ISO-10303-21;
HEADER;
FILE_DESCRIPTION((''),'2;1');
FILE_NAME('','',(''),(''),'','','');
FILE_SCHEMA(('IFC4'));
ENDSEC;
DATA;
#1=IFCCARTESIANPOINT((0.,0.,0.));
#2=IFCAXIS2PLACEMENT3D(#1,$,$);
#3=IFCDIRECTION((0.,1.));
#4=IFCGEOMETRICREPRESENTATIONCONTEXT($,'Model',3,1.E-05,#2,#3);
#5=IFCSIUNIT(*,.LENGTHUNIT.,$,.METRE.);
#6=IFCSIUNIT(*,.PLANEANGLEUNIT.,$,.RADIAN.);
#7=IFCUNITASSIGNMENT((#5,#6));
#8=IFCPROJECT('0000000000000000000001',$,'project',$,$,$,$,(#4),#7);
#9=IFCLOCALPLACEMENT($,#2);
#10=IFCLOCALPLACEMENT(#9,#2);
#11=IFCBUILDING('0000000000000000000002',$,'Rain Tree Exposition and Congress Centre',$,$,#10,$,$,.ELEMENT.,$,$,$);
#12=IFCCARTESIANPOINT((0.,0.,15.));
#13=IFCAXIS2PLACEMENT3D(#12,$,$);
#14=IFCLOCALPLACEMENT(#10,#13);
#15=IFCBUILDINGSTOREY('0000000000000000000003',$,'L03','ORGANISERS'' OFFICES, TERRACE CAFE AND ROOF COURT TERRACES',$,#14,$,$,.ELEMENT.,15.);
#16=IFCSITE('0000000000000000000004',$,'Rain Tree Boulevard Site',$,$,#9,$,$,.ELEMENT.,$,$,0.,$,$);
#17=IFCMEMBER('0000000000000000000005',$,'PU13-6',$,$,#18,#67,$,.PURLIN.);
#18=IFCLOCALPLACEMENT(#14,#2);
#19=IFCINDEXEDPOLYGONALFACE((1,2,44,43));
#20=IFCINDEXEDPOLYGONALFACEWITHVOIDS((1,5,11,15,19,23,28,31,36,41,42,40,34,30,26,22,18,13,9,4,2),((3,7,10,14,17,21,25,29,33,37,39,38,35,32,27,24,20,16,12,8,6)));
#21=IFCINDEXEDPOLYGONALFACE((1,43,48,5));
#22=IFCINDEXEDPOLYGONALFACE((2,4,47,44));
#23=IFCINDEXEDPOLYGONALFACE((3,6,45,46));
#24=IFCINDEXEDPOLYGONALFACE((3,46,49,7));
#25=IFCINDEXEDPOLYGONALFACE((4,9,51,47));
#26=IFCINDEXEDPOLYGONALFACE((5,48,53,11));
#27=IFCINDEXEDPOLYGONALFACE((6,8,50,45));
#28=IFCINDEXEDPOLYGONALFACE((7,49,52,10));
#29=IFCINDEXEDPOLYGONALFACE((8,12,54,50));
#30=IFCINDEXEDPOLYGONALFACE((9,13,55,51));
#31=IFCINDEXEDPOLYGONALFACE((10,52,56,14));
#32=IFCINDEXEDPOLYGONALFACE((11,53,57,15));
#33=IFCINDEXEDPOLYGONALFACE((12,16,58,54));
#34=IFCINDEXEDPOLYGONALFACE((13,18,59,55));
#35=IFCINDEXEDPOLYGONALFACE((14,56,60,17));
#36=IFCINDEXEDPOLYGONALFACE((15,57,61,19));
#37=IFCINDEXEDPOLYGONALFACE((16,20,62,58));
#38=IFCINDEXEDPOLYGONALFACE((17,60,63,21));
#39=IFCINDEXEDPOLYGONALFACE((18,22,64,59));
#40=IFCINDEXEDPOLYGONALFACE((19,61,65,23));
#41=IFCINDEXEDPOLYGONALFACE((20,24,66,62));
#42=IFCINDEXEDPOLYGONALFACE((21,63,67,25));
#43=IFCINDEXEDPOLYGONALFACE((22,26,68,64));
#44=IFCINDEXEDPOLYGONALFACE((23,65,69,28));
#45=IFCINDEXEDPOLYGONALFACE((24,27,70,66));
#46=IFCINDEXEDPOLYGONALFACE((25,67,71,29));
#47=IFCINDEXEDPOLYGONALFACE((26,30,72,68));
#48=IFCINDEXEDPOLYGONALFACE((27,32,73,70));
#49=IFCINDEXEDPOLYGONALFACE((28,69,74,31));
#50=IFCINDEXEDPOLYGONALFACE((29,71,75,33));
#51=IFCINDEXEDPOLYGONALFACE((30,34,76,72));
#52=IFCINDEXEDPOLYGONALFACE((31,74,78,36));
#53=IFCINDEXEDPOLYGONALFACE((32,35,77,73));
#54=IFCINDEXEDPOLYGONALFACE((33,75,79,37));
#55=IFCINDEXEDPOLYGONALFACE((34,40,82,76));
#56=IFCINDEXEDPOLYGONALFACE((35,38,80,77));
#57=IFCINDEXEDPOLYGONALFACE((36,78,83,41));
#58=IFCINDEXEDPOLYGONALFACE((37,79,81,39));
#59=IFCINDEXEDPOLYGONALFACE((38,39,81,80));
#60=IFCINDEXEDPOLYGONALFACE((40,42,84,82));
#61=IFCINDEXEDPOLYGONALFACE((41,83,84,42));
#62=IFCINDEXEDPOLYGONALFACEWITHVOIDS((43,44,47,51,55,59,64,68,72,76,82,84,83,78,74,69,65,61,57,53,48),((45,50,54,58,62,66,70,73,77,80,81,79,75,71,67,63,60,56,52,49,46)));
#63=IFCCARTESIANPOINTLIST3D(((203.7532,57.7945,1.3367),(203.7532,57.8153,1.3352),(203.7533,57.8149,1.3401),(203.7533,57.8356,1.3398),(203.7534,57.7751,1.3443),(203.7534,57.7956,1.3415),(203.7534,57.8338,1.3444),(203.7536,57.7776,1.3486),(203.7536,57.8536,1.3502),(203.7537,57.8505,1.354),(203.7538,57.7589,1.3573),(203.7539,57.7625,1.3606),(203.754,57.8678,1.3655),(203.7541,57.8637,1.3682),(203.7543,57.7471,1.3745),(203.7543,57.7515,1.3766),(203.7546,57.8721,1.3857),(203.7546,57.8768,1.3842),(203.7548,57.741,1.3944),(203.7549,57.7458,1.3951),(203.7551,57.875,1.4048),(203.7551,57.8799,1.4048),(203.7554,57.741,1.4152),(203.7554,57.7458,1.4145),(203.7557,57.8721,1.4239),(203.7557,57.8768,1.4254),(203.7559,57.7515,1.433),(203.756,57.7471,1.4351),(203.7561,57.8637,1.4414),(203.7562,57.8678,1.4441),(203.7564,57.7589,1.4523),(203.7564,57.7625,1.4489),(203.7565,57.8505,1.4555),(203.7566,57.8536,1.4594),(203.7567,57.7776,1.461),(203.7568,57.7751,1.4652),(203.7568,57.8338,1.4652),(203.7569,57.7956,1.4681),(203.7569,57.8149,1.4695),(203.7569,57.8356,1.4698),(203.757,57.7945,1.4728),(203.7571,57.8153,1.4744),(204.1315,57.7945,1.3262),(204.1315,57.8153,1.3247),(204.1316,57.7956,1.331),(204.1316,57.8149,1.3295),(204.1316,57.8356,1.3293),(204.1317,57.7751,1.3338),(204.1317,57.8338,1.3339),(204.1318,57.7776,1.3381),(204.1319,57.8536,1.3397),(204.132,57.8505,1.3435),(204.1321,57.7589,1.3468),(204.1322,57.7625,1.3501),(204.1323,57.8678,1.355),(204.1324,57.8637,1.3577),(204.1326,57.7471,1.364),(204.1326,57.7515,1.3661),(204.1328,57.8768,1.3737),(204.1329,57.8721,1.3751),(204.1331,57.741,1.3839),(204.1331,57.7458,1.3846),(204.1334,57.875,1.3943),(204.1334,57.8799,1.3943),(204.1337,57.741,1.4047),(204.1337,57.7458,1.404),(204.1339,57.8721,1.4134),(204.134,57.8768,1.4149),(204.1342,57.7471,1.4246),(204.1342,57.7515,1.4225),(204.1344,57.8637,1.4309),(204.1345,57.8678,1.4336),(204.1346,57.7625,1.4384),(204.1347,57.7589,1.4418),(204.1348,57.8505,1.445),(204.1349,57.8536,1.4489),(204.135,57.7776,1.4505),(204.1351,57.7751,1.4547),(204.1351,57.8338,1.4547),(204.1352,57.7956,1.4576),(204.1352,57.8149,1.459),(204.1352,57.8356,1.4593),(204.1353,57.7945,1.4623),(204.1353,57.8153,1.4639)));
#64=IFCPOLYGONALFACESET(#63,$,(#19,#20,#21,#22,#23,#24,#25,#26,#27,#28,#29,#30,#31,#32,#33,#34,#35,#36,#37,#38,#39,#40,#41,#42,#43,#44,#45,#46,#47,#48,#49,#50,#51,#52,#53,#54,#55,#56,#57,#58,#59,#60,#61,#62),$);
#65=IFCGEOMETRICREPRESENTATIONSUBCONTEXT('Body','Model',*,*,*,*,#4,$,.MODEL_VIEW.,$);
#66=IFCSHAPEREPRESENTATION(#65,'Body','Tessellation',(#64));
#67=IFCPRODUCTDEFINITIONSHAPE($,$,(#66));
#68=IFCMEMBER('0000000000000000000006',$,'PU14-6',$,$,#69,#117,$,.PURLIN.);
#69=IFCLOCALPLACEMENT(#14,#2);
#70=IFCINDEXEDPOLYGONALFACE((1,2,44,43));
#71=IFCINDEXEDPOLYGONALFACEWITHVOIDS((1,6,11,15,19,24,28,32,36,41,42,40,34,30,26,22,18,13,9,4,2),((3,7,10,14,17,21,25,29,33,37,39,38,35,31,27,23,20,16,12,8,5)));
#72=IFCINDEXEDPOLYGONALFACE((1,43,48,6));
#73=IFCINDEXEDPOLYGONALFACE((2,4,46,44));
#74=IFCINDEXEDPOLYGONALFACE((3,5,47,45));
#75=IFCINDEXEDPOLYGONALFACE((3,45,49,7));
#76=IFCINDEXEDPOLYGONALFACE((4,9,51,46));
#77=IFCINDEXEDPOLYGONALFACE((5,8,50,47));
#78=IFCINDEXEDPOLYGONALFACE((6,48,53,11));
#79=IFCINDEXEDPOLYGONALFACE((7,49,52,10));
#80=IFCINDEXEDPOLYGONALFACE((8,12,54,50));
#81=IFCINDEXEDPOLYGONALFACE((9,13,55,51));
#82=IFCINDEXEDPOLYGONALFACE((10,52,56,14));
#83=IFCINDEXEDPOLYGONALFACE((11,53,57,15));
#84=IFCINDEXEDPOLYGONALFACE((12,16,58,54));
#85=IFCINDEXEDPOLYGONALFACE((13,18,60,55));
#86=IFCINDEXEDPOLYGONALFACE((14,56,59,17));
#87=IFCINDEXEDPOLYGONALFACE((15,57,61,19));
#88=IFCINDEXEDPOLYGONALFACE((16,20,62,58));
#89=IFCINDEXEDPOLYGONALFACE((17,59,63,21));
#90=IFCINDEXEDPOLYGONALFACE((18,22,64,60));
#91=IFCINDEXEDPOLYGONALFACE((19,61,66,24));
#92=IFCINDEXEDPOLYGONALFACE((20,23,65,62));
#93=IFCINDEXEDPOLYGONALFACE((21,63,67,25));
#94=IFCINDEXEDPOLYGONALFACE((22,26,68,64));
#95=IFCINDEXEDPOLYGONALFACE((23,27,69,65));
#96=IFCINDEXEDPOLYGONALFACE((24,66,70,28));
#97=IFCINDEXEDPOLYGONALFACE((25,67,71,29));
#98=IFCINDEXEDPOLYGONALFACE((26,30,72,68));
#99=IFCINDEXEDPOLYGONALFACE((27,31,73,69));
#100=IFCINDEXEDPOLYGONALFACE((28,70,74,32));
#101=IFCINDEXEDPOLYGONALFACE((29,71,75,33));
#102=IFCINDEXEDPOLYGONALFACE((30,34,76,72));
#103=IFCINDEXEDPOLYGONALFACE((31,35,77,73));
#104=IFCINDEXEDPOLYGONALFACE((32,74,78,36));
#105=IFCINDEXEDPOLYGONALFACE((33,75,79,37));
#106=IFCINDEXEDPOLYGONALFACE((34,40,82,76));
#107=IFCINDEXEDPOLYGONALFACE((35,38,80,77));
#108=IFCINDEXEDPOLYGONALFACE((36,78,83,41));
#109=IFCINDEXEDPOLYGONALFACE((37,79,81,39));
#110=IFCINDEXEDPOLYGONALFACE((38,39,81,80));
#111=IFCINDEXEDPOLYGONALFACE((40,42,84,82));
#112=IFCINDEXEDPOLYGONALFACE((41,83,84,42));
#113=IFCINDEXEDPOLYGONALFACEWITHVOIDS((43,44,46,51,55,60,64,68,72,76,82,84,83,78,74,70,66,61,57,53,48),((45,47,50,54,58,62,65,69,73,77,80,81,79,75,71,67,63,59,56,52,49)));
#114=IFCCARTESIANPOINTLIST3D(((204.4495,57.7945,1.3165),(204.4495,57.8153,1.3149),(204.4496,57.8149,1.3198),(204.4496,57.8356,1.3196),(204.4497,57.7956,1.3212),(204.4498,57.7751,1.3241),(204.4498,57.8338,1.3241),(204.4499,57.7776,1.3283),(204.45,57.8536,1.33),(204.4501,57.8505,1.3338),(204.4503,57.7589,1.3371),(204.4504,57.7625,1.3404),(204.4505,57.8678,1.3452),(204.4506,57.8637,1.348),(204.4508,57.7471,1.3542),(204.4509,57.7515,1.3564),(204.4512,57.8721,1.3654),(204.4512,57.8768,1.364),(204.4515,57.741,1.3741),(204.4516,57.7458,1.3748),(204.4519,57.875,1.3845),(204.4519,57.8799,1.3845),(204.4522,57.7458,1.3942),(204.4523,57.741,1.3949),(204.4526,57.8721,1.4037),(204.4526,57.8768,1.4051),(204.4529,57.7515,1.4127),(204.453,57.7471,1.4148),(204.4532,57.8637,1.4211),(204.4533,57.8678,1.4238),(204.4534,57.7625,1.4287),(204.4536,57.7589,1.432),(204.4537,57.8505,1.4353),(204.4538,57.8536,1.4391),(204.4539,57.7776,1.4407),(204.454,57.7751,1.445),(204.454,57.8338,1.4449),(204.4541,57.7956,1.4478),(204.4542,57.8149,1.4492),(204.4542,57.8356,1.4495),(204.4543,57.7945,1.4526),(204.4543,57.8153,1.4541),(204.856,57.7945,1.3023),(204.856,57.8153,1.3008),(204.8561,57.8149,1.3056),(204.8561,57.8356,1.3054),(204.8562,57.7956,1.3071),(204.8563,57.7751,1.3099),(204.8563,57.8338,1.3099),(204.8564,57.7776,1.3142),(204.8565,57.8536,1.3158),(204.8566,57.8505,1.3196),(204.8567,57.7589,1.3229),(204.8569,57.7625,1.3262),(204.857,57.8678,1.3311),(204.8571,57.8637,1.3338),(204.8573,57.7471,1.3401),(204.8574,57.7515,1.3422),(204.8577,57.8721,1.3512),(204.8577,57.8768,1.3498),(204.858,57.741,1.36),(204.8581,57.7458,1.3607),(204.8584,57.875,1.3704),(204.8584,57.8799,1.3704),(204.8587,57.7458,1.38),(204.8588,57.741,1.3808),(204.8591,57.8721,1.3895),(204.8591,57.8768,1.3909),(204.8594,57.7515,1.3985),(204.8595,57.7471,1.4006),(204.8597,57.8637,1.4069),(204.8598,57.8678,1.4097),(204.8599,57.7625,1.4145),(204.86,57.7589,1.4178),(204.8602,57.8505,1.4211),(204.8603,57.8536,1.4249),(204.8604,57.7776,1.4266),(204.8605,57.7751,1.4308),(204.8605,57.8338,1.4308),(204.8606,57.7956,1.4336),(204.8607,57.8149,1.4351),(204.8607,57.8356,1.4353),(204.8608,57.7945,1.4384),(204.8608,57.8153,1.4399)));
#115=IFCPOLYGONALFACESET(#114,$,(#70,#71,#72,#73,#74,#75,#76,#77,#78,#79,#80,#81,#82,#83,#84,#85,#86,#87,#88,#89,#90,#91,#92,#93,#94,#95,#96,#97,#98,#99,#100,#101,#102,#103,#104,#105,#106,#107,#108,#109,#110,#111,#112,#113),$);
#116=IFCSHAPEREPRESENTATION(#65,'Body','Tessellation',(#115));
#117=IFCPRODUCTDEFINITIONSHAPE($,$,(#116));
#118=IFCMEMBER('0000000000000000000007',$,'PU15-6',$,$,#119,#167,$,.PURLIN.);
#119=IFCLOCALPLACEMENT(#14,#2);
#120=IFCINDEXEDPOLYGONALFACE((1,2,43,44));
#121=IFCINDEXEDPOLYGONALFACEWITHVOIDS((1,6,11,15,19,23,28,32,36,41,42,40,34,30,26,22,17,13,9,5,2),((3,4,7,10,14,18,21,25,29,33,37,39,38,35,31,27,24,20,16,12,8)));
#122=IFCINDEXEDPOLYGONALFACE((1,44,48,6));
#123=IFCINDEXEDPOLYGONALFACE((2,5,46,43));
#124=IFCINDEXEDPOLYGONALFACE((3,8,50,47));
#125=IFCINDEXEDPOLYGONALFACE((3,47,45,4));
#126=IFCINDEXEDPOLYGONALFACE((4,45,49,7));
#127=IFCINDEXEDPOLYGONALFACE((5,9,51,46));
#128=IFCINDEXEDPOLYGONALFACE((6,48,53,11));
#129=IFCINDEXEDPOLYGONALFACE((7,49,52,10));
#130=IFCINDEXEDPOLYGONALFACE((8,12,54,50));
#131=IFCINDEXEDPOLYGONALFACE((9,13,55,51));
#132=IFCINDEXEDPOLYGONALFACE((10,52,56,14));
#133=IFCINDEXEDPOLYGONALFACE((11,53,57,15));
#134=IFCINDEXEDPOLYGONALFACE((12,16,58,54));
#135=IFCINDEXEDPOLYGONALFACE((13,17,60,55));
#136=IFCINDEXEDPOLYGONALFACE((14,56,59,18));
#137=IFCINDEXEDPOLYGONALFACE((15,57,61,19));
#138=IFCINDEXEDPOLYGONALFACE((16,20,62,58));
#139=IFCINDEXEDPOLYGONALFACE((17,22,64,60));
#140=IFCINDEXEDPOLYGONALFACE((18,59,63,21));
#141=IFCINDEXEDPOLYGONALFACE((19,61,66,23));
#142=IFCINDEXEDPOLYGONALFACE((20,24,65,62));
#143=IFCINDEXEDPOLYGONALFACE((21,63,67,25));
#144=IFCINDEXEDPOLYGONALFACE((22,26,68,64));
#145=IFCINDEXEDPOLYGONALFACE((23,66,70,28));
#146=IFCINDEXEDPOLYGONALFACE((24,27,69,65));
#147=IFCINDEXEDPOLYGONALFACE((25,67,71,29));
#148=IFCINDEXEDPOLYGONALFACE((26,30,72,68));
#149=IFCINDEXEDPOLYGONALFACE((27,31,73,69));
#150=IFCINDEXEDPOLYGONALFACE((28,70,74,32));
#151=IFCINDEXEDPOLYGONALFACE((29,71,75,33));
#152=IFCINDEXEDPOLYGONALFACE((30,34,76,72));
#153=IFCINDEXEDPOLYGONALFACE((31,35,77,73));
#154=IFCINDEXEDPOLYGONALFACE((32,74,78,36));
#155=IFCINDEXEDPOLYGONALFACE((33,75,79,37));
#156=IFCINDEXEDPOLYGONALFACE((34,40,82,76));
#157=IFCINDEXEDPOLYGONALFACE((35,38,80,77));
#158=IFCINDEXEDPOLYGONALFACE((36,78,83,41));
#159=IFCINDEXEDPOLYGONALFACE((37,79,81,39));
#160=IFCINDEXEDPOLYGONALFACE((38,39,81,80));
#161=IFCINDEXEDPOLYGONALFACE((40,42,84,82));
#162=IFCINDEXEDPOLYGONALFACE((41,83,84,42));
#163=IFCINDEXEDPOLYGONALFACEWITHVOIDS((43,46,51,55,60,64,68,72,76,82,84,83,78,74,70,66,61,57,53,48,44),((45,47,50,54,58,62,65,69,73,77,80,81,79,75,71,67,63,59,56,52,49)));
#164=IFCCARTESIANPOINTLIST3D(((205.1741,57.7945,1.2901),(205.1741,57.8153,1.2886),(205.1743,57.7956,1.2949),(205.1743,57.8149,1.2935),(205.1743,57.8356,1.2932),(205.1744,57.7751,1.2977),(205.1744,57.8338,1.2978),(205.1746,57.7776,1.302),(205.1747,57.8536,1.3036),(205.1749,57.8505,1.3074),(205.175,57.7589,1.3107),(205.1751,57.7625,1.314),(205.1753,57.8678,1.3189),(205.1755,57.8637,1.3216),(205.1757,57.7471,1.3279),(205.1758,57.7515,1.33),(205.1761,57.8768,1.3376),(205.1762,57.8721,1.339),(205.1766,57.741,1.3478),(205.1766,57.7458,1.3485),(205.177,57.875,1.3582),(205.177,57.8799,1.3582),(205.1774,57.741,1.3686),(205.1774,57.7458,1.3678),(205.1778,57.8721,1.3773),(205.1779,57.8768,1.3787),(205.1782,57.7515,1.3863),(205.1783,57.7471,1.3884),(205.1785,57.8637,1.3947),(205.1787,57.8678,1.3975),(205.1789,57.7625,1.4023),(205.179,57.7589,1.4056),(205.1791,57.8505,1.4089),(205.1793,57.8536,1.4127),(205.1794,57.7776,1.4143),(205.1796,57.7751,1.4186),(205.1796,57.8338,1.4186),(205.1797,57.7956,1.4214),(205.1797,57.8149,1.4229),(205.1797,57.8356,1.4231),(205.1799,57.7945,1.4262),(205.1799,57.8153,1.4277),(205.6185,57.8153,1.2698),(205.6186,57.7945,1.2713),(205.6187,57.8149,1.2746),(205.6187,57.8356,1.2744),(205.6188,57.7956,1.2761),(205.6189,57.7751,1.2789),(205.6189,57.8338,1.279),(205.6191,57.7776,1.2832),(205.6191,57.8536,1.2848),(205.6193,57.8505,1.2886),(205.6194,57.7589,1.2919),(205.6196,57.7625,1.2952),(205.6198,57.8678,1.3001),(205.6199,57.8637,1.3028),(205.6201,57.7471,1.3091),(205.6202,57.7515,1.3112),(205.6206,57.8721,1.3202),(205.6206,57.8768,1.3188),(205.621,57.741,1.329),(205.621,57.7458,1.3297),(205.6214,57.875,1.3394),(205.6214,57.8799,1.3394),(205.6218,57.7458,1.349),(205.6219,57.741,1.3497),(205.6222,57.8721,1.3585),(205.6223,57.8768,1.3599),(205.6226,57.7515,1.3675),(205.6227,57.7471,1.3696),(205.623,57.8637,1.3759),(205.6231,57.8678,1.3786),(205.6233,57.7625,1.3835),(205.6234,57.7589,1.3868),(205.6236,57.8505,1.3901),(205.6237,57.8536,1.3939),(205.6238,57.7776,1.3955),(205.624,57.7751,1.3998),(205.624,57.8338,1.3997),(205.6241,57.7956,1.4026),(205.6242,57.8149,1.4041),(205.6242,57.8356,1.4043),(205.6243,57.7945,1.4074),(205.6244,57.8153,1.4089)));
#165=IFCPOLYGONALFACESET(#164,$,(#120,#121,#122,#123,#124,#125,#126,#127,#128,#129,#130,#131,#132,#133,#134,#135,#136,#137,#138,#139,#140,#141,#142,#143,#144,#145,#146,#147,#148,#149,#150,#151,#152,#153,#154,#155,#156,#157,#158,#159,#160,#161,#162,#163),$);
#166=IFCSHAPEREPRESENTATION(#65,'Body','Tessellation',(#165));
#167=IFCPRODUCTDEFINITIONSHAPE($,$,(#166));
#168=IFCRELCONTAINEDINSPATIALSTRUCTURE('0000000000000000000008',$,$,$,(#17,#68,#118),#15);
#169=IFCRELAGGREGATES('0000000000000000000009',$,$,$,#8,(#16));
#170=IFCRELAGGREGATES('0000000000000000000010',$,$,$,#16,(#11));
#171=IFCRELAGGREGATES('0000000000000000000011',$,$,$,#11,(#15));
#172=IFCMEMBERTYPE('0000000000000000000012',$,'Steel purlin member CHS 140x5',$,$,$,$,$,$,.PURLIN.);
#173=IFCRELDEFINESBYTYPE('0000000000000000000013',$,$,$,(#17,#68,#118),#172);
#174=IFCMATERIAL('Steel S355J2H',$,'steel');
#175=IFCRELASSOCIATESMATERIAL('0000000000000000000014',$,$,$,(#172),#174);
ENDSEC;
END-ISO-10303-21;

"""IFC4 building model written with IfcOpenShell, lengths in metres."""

from ifc_helpers import new_model, si_unit, direction, frame, origin, origin_2d, place, context, subcontext, project, spatial, hollow_circle, extrude, material, material_profile, profile_set, type_object, element, save


model = new_model("IFC4")

# Units and contexts
model_context = context("Model", 3, precision=1e-05, world=origin(), true_north=direction((0.0, 1.0)))
body_context = subcontext(model_context, "Body", "Model", "MODEL_VIEW")
ifc_project = project(units=[si_unit("LENGTHUNIT", "METRE"), si_unit("PLANEANGLEUNIT", "RADIAN")], contexts=[model_context])

# Site, building, storey
site_placement = place(None, origin())
site = spatial("IfcSite", under=ifc_project, at=site_placement, Name="Rain Tree Boulevard Site", CompositionType="ELEMENT", RefElevation=0.0)
building_placement = place(site_placement, origin())
building = spatial("IfcBuilding", under=site, at=building_placement, Name="Rain Tree Exposition and Congress Centre", CompositionType="ELEMENT")
storey_placement = place(building_placement, frame((0.0, 0.0, 15.0)))
storey = spatial("IfcBuildingStorey", under=building, at=storey_placement, Name="L03", Description="ORGANISERS' OFFICES, TERRACE CAFE AND ROOF COURT TERRACES", CompositionType="ELEMENT", Elevation=15.0)

# Members
ifc_material_1 = material(Name="Steel S355J2H", Category="steel")
ifc_material_profile = material_profile(ifc_material_1, hollow_circle(Radius=0.0698, WallThickness=0.0049, at=origin_2d()), Name="CHS 140x5")
ifc_profile_set = profile_set([ifc_material_profile], Name="Steel S355J2H")
member_type = type_object("IfcMemberType", Name="Steel purlin member CHS 140x5", PredefinedType="PURLIN", material=ifc_profile_set)
member_1_placement = place(storey_placement, frame((203.7551, 57.8101, 1.4048), z_axis=(0.999615, 0.0, -0.027749), x_axis=(0.0, 1.0, 0.0)))
element("IfcMember", 1, at=member_1_placement, inside=storey, type_object=member_type, Name="PU13-6", PredefinedType="PURLIN", context=body_context, shape_type="SweptSolid", body=[
    extrude(hollow_circle(Radius=0.0698, WallThickness=0.0049, at=origin_2d()), origin(), (0.0, 0.0, 1.0), 0.3784),
])
member_2_placement = place(storey_placement, frame((204.4519, 57.8101, 1.3845), z_axis=(0.999394, 0.0, -0.034814), x_axis=(0.0, 1.0, 0.0)))
element("IfcMember", 2, at=member_2_placement, inside=storey, type_object=member_type, Name="PU14-6", PredefinedType="PURLIN", context=body_context, shape_type="SweptSolid", body=[
    extrude(hollow_circle(Radius=0.0698, WallThickness=0.0049, at=origin_2d()), origin(), (0.0, 0.0, 1.0), 0.4067),
])
member_3_placement = place(storey_placement, frame((205.177, 57.8101, 1.3582), z_axis=(0.999106, 0.0, -0.04227), x_axis=(0.0, 1.0, 0.0)))
element("IfcMember", 3, at=member_3_placement, inside=storey, type_object=member_type, Name="PU15-6", PredefinedType="PURLIN", context=body_context, shape_type="SweptSolid", body=[
    extrude(hollow_circle(Radius=0.0698, WallThickness=0.0049, at=origin_2d()), origin(), (0.0, 0.0, 1.0), 0.4448),
])

save(model, "model.ifc")
